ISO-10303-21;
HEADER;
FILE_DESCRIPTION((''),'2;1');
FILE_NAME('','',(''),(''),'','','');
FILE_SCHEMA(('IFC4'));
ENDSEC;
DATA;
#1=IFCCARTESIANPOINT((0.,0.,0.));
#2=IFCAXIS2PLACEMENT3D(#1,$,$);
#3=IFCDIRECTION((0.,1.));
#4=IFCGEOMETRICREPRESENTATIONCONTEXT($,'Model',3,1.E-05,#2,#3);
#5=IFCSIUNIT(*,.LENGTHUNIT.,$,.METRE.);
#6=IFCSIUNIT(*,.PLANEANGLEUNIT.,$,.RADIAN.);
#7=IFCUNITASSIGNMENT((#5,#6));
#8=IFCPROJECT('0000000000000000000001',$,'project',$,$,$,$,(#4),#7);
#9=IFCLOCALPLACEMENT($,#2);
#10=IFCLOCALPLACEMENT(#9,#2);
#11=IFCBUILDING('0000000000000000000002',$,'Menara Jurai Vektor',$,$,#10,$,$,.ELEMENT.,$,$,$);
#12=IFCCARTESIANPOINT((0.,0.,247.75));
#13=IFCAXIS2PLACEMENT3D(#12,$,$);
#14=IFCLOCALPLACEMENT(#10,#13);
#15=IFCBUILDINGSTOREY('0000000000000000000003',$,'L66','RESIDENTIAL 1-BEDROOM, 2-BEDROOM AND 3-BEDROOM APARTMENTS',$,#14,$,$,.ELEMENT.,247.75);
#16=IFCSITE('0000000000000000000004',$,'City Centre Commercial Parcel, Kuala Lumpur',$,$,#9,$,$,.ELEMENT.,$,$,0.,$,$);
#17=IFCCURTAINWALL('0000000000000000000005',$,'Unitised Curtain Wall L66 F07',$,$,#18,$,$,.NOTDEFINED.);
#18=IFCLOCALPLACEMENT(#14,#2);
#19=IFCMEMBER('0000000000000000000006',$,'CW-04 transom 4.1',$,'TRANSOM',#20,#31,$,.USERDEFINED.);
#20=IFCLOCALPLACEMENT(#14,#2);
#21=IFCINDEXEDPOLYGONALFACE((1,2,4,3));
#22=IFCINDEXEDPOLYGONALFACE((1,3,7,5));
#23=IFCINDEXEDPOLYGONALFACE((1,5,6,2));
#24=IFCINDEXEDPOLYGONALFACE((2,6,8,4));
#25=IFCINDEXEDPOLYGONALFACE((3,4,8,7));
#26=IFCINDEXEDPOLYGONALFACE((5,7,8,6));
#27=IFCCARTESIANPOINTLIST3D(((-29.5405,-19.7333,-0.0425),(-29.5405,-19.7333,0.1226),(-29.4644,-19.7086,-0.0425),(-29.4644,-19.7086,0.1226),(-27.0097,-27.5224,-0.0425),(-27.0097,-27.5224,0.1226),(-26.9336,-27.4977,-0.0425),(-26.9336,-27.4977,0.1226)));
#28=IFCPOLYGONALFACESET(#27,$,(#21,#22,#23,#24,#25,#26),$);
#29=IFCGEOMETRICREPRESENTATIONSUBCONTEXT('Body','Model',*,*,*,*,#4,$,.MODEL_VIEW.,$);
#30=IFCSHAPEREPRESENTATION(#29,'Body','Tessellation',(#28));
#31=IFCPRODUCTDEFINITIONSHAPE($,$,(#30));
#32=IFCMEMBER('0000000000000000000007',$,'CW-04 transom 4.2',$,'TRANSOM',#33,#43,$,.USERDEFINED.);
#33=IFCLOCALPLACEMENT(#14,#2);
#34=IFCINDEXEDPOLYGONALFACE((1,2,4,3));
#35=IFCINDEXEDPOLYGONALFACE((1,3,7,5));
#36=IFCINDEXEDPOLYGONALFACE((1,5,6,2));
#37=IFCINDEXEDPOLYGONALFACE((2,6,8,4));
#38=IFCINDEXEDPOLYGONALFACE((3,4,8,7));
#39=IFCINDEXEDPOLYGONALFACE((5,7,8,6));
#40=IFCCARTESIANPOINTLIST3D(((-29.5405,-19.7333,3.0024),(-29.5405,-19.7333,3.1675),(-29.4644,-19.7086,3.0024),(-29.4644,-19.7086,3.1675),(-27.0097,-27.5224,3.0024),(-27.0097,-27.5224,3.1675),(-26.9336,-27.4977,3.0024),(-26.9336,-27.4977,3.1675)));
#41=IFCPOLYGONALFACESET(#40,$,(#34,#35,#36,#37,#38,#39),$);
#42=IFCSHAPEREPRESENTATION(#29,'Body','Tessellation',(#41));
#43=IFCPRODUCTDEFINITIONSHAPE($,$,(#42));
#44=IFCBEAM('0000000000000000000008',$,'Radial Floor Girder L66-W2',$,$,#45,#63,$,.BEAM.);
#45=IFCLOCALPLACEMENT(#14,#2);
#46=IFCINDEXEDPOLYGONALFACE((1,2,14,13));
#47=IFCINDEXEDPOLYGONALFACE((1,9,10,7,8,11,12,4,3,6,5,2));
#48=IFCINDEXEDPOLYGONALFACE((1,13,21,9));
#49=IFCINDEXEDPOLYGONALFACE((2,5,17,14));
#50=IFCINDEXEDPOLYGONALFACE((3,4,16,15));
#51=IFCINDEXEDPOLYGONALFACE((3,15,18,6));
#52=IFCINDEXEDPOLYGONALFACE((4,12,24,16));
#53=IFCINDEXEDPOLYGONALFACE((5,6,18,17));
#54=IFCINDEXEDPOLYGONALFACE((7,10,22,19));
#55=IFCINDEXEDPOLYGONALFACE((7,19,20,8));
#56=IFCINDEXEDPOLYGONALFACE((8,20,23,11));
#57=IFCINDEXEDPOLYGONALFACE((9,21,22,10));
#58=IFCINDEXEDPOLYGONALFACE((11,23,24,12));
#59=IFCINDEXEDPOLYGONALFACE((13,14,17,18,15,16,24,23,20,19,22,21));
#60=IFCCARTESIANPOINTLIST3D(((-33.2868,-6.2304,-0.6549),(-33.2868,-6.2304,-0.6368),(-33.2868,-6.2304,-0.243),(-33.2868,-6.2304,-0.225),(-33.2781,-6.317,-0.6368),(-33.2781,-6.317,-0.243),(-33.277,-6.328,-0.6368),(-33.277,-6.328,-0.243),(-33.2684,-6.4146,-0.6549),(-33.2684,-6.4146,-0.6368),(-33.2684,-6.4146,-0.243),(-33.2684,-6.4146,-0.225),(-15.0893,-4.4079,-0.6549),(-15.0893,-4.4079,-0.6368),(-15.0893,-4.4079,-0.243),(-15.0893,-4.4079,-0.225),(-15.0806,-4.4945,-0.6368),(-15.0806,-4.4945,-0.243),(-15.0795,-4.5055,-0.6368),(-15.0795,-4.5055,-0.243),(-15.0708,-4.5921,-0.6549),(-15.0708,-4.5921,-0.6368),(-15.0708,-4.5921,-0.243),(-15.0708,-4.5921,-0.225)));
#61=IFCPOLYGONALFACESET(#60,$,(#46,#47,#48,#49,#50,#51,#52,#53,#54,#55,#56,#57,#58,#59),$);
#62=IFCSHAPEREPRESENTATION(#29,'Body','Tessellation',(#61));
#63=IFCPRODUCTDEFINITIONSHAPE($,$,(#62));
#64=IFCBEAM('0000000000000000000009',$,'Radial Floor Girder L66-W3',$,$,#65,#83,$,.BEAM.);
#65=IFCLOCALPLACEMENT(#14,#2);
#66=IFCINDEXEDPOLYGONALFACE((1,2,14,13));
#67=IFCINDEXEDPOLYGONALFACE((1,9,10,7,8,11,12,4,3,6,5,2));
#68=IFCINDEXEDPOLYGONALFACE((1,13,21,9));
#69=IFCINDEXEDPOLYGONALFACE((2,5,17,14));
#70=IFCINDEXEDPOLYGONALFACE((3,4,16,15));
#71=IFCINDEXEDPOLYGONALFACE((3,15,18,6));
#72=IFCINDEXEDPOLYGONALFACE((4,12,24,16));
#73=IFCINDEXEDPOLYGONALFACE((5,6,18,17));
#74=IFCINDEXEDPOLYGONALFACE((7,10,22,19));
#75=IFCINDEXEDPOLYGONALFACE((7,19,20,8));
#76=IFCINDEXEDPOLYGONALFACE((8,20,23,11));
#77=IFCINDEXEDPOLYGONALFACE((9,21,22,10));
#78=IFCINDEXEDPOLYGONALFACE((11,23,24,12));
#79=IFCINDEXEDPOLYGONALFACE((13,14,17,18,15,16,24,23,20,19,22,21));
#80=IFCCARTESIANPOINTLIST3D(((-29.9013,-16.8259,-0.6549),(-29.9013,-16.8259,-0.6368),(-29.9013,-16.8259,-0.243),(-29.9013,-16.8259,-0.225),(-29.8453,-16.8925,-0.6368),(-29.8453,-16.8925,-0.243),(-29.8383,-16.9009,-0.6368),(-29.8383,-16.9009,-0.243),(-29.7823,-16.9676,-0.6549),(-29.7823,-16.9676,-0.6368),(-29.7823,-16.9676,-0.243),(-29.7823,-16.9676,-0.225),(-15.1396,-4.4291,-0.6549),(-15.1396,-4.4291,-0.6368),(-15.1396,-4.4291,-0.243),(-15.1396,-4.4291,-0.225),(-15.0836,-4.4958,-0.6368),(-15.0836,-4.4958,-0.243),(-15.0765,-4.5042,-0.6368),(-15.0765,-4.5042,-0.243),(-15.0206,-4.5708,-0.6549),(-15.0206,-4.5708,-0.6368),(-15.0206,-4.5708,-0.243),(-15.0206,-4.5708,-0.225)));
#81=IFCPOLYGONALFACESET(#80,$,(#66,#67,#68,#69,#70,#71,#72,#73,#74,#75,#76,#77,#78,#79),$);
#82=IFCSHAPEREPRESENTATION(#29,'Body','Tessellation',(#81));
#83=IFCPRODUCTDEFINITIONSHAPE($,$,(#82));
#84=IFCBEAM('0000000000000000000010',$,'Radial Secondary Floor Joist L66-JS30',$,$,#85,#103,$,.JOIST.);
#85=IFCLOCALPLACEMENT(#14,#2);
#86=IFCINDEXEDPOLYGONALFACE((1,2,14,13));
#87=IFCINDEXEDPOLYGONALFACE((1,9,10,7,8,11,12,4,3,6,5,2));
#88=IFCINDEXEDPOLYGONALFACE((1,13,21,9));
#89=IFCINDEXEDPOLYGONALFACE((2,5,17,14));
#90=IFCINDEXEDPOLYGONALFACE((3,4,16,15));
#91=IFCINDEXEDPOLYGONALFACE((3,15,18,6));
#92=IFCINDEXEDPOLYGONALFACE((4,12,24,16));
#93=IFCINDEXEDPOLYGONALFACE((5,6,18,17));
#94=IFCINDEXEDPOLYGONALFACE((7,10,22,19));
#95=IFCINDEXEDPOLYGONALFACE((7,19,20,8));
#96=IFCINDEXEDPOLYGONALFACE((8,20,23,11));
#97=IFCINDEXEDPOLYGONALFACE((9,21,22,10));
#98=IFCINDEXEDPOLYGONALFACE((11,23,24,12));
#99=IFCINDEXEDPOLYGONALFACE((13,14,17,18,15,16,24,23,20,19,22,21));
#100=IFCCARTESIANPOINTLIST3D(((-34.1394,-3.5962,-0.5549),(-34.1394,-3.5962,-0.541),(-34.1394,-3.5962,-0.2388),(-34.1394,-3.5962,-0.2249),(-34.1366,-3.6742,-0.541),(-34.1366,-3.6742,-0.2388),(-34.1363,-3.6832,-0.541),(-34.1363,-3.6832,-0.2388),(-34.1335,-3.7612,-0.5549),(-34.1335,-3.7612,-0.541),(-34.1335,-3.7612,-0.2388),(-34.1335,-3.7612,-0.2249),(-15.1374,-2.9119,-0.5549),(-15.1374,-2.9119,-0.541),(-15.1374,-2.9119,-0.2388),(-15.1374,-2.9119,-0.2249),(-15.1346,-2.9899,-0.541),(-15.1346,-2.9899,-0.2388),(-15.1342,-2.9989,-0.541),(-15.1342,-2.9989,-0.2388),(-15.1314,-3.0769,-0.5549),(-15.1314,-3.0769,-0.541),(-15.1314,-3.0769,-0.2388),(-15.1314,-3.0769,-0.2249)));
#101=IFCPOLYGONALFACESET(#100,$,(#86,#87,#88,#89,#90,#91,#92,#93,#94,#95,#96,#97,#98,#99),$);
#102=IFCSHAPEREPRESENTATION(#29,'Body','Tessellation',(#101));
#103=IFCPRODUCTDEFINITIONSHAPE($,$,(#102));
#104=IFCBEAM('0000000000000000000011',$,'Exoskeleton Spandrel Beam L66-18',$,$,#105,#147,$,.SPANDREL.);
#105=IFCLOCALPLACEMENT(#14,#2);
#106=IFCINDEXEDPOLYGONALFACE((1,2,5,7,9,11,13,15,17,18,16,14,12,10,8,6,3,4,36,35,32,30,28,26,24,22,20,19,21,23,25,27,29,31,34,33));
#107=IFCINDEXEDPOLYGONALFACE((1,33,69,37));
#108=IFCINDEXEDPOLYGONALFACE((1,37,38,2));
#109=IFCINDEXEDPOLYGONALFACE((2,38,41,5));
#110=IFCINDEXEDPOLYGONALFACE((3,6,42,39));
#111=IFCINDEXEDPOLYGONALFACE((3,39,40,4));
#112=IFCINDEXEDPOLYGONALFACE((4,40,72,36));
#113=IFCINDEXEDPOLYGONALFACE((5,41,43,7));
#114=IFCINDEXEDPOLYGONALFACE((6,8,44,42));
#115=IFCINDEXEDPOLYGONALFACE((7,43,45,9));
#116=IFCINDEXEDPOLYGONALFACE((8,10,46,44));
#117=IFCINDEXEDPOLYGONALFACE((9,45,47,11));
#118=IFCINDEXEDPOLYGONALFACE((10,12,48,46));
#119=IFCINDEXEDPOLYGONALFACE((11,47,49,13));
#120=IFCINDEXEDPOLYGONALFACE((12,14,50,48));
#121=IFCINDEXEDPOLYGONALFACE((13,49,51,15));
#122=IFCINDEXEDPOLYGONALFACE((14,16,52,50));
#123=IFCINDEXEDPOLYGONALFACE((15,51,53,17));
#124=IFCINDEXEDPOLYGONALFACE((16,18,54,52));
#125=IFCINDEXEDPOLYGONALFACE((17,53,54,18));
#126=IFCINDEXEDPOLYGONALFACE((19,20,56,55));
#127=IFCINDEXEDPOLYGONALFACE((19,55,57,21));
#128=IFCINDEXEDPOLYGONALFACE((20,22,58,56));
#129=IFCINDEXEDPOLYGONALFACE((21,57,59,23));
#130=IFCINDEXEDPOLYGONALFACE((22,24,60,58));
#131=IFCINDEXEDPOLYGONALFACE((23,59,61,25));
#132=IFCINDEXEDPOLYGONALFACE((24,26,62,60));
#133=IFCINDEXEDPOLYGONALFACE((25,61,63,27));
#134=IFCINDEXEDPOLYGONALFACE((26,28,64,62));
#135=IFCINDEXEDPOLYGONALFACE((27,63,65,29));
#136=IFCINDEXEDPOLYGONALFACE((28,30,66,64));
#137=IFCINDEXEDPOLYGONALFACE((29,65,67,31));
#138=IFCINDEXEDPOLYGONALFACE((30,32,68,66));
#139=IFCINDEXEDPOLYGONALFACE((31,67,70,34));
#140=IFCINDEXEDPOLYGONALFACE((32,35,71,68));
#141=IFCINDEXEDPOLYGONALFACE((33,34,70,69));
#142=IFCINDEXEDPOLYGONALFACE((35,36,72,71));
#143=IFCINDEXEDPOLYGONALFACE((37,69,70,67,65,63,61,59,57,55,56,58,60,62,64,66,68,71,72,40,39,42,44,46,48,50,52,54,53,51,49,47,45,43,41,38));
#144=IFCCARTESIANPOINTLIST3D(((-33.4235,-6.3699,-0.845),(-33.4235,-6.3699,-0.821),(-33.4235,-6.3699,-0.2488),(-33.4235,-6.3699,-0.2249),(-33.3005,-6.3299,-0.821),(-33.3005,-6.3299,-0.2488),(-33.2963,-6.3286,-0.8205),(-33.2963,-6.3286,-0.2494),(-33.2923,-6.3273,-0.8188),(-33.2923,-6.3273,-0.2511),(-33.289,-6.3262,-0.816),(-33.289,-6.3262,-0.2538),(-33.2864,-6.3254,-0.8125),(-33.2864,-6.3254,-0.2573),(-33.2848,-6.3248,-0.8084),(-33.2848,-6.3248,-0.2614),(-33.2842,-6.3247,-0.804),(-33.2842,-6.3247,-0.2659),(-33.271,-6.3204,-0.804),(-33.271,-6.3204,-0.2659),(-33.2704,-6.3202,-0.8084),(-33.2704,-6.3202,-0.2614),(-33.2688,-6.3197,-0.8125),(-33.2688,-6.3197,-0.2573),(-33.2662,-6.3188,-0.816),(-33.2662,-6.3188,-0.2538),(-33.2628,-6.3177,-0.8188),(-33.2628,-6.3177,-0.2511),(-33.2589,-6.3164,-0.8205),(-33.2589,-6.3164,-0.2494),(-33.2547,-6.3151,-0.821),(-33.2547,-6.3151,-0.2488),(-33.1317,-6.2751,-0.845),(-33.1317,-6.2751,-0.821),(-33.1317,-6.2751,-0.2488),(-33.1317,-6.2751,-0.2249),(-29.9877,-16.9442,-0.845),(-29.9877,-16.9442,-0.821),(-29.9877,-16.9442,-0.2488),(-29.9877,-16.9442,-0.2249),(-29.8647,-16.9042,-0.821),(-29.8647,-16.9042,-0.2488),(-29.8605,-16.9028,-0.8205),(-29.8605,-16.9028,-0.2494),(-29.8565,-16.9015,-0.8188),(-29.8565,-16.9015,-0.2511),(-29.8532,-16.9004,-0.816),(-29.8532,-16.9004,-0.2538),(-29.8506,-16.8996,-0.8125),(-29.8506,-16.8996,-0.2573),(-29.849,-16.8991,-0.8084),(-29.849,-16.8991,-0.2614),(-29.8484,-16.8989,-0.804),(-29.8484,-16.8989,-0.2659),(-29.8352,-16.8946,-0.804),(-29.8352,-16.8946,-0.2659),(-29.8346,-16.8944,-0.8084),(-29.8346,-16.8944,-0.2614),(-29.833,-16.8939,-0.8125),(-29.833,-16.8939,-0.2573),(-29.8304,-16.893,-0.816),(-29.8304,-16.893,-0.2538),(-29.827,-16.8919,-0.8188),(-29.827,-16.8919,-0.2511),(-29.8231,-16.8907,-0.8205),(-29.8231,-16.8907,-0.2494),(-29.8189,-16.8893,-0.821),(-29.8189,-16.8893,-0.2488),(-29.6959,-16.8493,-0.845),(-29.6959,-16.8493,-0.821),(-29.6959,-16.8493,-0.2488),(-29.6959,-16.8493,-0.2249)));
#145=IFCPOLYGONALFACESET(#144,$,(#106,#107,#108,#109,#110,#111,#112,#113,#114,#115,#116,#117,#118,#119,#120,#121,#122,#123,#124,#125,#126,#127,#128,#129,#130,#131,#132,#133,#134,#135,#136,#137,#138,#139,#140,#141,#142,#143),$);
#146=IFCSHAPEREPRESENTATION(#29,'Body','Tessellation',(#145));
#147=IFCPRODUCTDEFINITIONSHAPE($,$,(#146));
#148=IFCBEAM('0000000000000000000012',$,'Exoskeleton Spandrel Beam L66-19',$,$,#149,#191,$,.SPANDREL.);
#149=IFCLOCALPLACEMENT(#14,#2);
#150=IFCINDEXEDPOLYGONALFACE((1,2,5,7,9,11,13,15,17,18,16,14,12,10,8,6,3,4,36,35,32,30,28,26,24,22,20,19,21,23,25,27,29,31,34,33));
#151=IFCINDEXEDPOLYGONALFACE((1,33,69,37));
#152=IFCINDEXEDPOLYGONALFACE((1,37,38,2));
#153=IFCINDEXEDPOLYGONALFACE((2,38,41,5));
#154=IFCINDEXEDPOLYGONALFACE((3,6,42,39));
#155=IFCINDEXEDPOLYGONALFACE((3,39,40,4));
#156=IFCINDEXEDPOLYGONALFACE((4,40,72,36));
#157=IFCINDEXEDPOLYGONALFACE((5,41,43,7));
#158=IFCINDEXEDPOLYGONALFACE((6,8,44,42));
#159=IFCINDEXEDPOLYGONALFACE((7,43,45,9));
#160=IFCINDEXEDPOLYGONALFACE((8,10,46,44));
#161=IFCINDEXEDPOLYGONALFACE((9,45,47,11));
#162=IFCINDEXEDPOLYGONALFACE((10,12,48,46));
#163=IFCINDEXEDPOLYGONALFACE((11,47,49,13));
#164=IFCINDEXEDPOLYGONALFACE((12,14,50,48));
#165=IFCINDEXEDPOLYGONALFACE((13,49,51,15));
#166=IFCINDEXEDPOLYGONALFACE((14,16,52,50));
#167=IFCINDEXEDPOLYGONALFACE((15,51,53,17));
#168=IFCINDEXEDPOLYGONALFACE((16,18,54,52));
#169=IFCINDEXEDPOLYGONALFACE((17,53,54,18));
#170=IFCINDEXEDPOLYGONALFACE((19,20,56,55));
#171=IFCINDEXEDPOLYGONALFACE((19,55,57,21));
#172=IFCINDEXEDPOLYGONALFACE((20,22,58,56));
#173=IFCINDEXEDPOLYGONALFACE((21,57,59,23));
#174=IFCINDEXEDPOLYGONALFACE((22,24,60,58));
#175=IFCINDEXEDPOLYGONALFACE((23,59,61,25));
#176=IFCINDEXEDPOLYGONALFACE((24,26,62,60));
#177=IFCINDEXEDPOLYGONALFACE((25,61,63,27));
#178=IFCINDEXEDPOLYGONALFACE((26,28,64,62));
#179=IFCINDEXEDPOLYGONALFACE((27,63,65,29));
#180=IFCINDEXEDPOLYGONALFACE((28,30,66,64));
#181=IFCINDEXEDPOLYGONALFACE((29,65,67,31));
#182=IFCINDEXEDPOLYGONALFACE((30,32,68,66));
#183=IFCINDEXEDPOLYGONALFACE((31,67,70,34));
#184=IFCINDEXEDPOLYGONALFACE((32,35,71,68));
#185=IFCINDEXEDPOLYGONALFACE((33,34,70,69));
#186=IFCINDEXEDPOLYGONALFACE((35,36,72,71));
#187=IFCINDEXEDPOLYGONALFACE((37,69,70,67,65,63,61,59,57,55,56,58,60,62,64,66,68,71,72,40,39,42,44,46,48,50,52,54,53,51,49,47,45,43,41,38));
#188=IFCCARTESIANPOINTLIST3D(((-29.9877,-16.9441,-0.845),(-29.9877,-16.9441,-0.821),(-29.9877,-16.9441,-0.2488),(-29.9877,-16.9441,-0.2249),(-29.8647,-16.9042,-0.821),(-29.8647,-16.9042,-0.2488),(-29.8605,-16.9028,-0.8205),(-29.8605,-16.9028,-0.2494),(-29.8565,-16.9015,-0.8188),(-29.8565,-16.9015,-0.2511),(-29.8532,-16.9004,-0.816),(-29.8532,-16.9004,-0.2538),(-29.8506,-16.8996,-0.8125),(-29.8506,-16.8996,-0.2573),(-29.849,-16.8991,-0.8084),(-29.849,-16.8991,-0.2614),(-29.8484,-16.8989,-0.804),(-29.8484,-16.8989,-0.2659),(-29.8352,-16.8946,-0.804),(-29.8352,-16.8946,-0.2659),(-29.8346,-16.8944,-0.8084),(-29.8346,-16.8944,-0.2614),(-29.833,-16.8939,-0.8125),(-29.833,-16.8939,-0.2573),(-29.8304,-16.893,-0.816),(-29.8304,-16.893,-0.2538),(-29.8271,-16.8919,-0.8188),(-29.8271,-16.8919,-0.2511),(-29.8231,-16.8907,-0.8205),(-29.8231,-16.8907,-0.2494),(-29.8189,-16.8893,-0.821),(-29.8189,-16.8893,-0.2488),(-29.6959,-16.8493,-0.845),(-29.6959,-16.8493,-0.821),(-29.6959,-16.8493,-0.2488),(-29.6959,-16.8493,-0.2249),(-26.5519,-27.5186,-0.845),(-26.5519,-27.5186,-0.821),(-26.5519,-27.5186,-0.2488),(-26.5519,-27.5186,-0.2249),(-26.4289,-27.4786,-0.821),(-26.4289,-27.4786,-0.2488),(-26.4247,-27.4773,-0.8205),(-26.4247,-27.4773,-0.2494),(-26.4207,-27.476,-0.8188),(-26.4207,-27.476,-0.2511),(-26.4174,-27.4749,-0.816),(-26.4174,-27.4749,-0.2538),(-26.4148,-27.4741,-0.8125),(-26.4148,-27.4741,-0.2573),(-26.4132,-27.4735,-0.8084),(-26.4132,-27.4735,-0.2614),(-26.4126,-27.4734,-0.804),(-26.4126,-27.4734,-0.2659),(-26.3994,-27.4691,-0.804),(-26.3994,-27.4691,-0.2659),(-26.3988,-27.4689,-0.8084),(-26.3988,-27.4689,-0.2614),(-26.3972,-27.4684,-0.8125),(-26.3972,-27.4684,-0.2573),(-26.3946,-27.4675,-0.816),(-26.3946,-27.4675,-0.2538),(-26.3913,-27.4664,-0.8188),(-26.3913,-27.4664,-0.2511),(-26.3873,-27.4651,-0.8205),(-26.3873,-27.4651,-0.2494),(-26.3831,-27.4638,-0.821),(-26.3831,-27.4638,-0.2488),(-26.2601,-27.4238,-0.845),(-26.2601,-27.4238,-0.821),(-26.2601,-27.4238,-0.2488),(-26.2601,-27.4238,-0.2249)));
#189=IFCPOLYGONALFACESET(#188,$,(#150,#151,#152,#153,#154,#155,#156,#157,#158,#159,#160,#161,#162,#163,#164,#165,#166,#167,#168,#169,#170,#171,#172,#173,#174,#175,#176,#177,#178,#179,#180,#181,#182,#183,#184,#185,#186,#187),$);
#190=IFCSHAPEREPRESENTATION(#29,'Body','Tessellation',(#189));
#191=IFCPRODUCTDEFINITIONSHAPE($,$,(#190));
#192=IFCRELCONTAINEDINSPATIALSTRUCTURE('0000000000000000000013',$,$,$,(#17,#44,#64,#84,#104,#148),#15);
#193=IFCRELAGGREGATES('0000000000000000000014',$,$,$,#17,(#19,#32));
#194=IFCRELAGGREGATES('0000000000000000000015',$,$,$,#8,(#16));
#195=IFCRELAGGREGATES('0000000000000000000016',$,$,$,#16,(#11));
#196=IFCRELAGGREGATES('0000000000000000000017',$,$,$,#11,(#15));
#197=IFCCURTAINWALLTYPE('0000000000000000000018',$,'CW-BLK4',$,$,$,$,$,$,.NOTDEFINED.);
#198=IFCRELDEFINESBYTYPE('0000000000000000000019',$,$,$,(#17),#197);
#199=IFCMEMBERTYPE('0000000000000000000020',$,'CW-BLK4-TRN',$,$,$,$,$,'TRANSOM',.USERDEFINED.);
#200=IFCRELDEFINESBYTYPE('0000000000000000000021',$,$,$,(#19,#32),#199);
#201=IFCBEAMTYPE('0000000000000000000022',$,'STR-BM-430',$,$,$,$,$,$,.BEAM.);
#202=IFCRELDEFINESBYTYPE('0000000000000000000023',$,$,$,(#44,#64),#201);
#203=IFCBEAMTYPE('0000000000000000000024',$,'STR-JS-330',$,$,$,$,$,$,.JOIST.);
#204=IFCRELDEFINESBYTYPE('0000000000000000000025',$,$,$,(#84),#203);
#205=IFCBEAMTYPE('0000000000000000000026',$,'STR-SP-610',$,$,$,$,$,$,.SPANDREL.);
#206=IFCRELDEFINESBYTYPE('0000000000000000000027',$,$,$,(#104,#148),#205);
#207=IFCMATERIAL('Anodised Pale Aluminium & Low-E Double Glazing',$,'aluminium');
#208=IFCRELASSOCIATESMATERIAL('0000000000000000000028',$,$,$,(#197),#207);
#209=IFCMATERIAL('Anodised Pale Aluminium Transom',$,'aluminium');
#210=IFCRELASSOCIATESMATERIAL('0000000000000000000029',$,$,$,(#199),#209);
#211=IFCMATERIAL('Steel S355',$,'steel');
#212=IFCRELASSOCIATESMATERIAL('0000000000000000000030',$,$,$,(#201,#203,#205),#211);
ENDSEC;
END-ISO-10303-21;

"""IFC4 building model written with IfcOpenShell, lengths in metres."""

from ifc_helpers import new_model, si_unit, direction, frame, origin, origin_2d, place, context, subcontext, project, spatial, rectangle, i_section, extrude, material, material_profile, profile_set, type_object, element, aggregate, save


model = new_model("IFC4")

# Units and contexts
model_context = context("Model", 3, precision=1e-05, world=origin(), true_north=direction((0.0, 1.0)))
body_context = subcontext(model_context, "Body", "Model", "MODEL_VIEW")
ifc_project = project(units=[si_unit("LENGTHUNIT", "METRE"), si_unit("PLANEANGLEUNIT", "RADIAN")], contexts=[model_context])

# Site, building, storey
site_placement = place(None, origin())
site = spatial("IfcSite", under=ifc_project, at=site_placement, Name="City Centre Commercial Parcel, Kuala Lumpur", CompositionType="ELEMENT", RefElevation=0.0)
building_placement = place(site_placement, origin())
building = spatial("IfcBuilding", under=site, at=building_placement, Name="Menara Jurai Vektor", CompositionType="ELEMENT")
storey_placement = place(building_placement, frame((0.0, 0.0, 247.75)))
storey = spatial("IfcBuildingStorey", under=building, at=storey_placement, Name="L66", Description="RESIDENTIAL 1-BEDROOM, 2-BEDROOM AND 3-BEDROOM APARTMENTS", CompositionType="ELEMENT", Elevation=247.75)

# Curtain wall, members
ifc_material_1 = material(Name="Anodised Pale Aluminium & Low-E Double Glazing", Category="aluminium")
curtain_wall_type = type_object("IfcCurtainWallType", Name="CW-BLK4", PredefinedType="NOTDEFINED", material=ifc_material_1)
curtain_wall_placement = place(storey_placement, origin())
curtain_wall = element("IfcCurtainWall", 1, at=curtain_wall_placement, inside=storey, type_object=curtain_wall_type, Name="Unitised Curtain Wall L66 F07", PredefinedType="NOTDEFINED")
ifc_material_2 = material(Name="Anodised Pale Aluminium Transom", Category="aluminium")
ifc_material_profile_1 = material_profile(ifc_material_2, rectangle(XDim=0.0801, YDim=0.165, at=origin_2d()), Name="ALU TRN 80x165")
ifc_profile_set_1 = profile_set([ifc_material_profile_1], Name="Anodised Pale Aluminium Transom")
member_type_1 = type_object("IfcMemberType", Name="CW-BLK4-TRN", ElementType="TRANSOM", PredefinedType="USERDEFINED", material=ifc_profile_set_1)
member_1_placement = place(storey_placement, frame((-29.5024, -19.7209, 0.04), z_axis=(0.309011, -0.951059, 0.0), x_axis=(0.951059, 0.309011, 0.0)))
member_1 = element("IfcMember", 2, at=member_1_placement, type_object=member_type_1, Name="CW-04 transom 4.1", ObjectType="TRANSOM", PredefinedType="USERDEFINED", context=body_context, shape_type="SweptSolid", body=[
    extrude(rectangle(XDim=0.0801, YDim=0.165, at=origin_2d()), origin(), (0.0, 0.0, 1.0), 8.1899),
])
member_2_placement = place(storey_placement, frame((-29.5024, -19.7209, 3.085), z_axis=(0.309011, -0.951059, 0.0), x_axis=(0.951059, 0.309011, 0.0)))
member_2 = element("IfcMember", 3, at=member_2_placement, type_object=member_type_1, Name="CW-04 transom 4.2", ObjectType="TRANSOM", PredefinedType="USERDEFINED", context=body_context, shape_type="SweptSolid", body=[
    extrude(rectangle(XDim=0.0801, YDim=0.165, at=origin_2d()), origin(), (0.0, 0.0, 1.0), 8.1899),
])

# Beams
ifc_material_3 = material(Name="Steel S355", Category="steel")
ifc_material_profile_2 = material_profile(ifc_material_3, i_section(OverallWidth=0.1851, OverallDepth=0.4299, WebThickness=0.011, FlangeThickness=0.0181, at=origin_2d()), Name="PG 430x185x76")
ifc_profile_set_2 = profile_set([ifc_material_profile_2], Name="Steel S355")
beam_type_1 = type_object("IfcBeamType", Name="STR-BM-430", PredefinedType="BEAM", material=ifc_profile_set_2)
beam_1_placement = place(storey_placement, frame((-33.2776, -6.3225, -0.4399), z_axis=(0.995022, 0.099653, 0.0), x_axis=(-0.099653, 0.995022, 0.0)))
element("IfcBeam", 4, at=beam_1_placement, inside=storey, type_object=beam_type_1, Name="Radial Floor Girder L66-W2", PredefinedType="BEAM", context=body_context, shape_type="SweptSolid", body=[
    extrude(i_section(OverallWidth=0.1851, OverallDepth=0.4299, WebThickness=0.011, FlangeThickness=0.0181, at=origin_2d()), origin(), (0.0, 0.0, 1.0), 18.2886),
])
beam_2_placement = place(storey_placement, frame((-29.8418, -16.8967, -0.4399), z_axis=(0.765784, 0.643097, 0.0), x_axis=(-0.643097, 0.765784, 0.0)))
element("IfcBeam", 5, at=beam_2_placement, inside=storey, type_object=beam_type_1, Name="Radial Floor Girder L66-W3", PredefinedType="BEAM", context=body_context, shape_type="SweptSolid", body=[
    extrude(i_section(OverallWidth=0.1851, OverallDepth=0.4299, WebThickness=0.011, FlangeThickness=0.0181, at=origin_2d()), origin(), (0.0, 0.0, 1.0), 19.2766),
])
ifc_material_profile_3 = material_profile(ifc_material_3, i_section(OverallWidth=0.165, OverallDepth=0.3301, WebThickness=0.009, FlangeThickness=0.0139, at=origin_2d()), Name="PG 330x165x46")
ifc_profile_set_3 = profile_set([ifc_material_profile_3], Name="Steel S355")
beam_type_2 = type_object("IfcBeamType", Name="STR-JS-330", PredefinedType="JOIST", material=ifc_profile_set_3)
beam_3_placement = place(storey_placement, frame((-34.1365, -3.6787, -0.3899), z_axis=(0.999352, 0.03599, 0.0), x_axis=(-0.03599, 0.999352, 0.0)))
element("IfcBeam", 6, at=beam_3_placement, inside=storey, type_object=beam_type_2, Name="Radial Secondary Floor Joist L66-JS30", PredefinedType="JOIST", context=body_context, shape_type="SweptSolid", body=[
    extrude(i_section(OverallWidth=0.165, OverallDepth=0.3301, WebThickness=0.009, FlangeThickness=0.0139, at=origin_2d()), origin(), (0.0, 0.0, 1.0), 19.0144),
])
ifc_material_profile_4 = material_profile(ifc_material_3, i_section(OverallWidth=0.3069, OverallDepth=0.6201, WebThickness=0.0139, FlangeThickness=0.0239, FilletRadius=0.0171, at=origin_2d()), Name="UKB 610x305x179")
ifc_profile_set_4 = profile_set([ifc_material_profile_4], Name="Steel S355")
beam_type_3 = type_object("IfcBeamType", Name="STR-SP-610", PredefinedType="SPANDREL", material=ifc_profile_set_4)
beam_4_placement = place(storey_placement, frame((-33.2776, -6.3225, -0.5349), z_axis=(0.309019, -0.951056, 0.0), x_axis=(0.951056, 0.309019, 0.0)))
element("IfcBeam", 7, at=beam_4_placement, inside=storey, type_object=beam_type_3, Name="Exoskeleton Spandrel Beam L66-18", PredefinedType="SPANDREL", context=body_context, shape_type="SweptSolid", body=[
    extrude(i_section(OverallWidth=0.3069, OverallDepth=0.6201, WebThickness=0.0139, FlangeThickness=0.0239, FilletRadius=0.0171, at=origin_2d()), origin(), (0.0, 0.0, 1.0), 11.1184),
])
beam_5_placement = place(storey_placement, frame((-29.8418, -16.8967, -0.5349), z_axis=(0.309012, -0.951058, 0.0), x_axis=(0.951058, 0.309012, 0.0)))
element("IfcBeam", 8, at=beam_5_placement, inside=storey, type_object=beam_type_3, Name="Exoskeleton Spandrel Beam L66-19", PredefinedType="SPANDREL", context=body_context, shape_type="SweptSolid", body=[
    extrude(i_section(OverallWidth=0.3069, OverallDepth=0.6201, WebThickness=0.0139, FlangeThickness=0.0239, FilletRadius=0.0171, at=origin_2d()), origin(), (0.0, 0.0, 1.0), 11.1187),
])

aggregate(curtain_wall, [member_1, member_2])

save(model, "model.ifc")
